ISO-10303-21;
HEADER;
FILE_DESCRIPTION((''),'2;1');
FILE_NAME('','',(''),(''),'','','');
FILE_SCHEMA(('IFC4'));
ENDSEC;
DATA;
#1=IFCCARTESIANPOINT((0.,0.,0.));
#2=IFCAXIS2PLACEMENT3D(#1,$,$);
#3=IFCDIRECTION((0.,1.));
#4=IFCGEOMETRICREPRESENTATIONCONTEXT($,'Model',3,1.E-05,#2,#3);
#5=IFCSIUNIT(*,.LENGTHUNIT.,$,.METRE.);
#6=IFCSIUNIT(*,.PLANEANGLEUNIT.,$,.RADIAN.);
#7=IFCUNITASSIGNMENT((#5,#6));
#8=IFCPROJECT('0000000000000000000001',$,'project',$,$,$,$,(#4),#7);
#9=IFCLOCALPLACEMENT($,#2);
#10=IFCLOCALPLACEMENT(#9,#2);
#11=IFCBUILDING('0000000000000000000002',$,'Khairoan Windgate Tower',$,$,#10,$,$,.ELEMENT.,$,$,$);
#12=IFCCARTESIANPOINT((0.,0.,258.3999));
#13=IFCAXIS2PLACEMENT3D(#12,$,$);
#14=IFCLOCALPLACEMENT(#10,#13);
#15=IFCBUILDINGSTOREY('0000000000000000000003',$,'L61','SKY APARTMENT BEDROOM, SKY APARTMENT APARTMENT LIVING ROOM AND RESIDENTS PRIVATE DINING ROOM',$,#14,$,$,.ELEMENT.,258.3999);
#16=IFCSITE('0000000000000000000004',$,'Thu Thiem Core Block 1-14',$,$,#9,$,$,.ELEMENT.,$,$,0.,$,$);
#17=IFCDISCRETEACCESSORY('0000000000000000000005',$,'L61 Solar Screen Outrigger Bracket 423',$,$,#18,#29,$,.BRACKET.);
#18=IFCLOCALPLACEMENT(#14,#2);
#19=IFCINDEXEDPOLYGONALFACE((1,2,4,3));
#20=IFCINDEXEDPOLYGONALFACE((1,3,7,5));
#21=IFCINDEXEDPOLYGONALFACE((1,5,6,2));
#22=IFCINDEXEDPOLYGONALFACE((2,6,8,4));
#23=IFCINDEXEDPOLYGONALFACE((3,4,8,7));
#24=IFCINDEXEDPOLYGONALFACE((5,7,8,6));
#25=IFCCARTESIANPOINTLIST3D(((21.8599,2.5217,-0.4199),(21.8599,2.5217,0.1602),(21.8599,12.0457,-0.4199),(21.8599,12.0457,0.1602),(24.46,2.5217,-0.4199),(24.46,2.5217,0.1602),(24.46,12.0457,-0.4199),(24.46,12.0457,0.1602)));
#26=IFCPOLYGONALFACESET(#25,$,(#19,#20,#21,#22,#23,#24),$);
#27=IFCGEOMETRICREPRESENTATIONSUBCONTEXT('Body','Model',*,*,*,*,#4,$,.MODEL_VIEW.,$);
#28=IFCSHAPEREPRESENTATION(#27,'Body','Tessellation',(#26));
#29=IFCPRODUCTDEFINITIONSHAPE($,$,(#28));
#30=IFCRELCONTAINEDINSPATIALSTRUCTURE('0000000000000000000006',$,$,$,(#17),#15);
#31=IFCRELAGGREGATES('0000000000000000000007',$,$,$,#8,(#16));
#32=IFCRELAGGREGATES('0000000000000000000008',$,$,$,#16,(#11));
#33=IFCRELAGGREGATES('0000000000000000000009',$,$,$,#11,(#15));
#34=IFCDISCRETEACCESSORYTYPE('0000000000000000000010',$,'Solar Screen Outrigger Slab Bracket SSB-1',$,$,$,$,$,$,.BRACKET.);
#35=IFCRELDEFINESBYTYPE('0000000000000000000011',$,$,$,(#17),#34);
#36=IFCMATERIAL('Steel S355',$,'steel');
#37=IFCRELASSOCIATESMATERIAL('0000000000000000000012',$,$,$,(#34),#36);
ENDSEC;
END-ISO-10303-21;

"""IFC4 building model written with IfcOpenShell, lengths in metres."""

from ifc_helpers import new_model, si_unit, direction, frame, origin, origin_2d, place, context, subcontext, project, spatial, rectangle, extrude, material, type_object, element, save


model = new_model("IFC4")

# Units and contexts
model_context = context("Model", 3, precision=1e-05, world=origin(), true_north=direction((0.0, 1.0)))
body_context = subcontext(model_context, "Body", "Model", "MODEL_VIEW")
ifc_project = project(units=[si_unit("LENGTHUNIT", "METRE"), si_unit("PLANEANGLEUNIT", "RADIAN")], contexts=[model_context])

# Site, building, storey
site_placement = place(None, origin())
site = spatial("IfcSite", under=ifc_project, at=site_placement, Name="Thu Thiem Core Block 1-14", CompositionType="ELEMENT", RefElevation=0.0)
building_placement = place(site_placement, origin())
building = spatial("IfcBuilding", under=site, at=building_placement, Name="Khairoan Windgate Tower", CompositionType="ELEMENT")
storey_placement = place(building_placement, frame((0.0, 0.0, 258.3999)))
storey = spatial("IfcBuildingStorey", under=building, at=storey_placement, Name="L61", Description="SKY APARTMENT BEDROOM, SKY APARTMENT APARTMENT LIVING ROOM AND RESIDENTS PRIVATE DINING ROOM", CompositionType="ELEMENT", Elevation=258.3999)

# Discrete accessory
ifc_material_1 = material(Name="Steel S355", Category="steel")
discrete_accessory_type = type_object("IfcDiscreteAccessoryType", Name="Solar Screen Outrigger Slab Bracket SSB-1", PredefinedType="BRACKET", material=ifc_material_1)
discrete_accessory_placement = place(storey_placement, frame((23.1599, 7.2837, -0.4199), z_axis=(0.0, 0.0, 1.0), x_axis=(0.0, -1.0, 0.0)))
element("IfcDiscreteAccessory", 1, at=discrete_accessory_placement, inside=storey, type_object=discrete_accessory_type, Name="L61 Solar Screen Outrigger Bracket 423", PredefinedType="BRACKET", context=body_context, shape_type="SweptSolid", body=[
    extrude(rectangle(XDim=9.5239, YDim=2.6001, at=origin_2d()), origin(), (0.0, 0.0, 1.0), 0.5801),
])

save(model, "model.ifc")
